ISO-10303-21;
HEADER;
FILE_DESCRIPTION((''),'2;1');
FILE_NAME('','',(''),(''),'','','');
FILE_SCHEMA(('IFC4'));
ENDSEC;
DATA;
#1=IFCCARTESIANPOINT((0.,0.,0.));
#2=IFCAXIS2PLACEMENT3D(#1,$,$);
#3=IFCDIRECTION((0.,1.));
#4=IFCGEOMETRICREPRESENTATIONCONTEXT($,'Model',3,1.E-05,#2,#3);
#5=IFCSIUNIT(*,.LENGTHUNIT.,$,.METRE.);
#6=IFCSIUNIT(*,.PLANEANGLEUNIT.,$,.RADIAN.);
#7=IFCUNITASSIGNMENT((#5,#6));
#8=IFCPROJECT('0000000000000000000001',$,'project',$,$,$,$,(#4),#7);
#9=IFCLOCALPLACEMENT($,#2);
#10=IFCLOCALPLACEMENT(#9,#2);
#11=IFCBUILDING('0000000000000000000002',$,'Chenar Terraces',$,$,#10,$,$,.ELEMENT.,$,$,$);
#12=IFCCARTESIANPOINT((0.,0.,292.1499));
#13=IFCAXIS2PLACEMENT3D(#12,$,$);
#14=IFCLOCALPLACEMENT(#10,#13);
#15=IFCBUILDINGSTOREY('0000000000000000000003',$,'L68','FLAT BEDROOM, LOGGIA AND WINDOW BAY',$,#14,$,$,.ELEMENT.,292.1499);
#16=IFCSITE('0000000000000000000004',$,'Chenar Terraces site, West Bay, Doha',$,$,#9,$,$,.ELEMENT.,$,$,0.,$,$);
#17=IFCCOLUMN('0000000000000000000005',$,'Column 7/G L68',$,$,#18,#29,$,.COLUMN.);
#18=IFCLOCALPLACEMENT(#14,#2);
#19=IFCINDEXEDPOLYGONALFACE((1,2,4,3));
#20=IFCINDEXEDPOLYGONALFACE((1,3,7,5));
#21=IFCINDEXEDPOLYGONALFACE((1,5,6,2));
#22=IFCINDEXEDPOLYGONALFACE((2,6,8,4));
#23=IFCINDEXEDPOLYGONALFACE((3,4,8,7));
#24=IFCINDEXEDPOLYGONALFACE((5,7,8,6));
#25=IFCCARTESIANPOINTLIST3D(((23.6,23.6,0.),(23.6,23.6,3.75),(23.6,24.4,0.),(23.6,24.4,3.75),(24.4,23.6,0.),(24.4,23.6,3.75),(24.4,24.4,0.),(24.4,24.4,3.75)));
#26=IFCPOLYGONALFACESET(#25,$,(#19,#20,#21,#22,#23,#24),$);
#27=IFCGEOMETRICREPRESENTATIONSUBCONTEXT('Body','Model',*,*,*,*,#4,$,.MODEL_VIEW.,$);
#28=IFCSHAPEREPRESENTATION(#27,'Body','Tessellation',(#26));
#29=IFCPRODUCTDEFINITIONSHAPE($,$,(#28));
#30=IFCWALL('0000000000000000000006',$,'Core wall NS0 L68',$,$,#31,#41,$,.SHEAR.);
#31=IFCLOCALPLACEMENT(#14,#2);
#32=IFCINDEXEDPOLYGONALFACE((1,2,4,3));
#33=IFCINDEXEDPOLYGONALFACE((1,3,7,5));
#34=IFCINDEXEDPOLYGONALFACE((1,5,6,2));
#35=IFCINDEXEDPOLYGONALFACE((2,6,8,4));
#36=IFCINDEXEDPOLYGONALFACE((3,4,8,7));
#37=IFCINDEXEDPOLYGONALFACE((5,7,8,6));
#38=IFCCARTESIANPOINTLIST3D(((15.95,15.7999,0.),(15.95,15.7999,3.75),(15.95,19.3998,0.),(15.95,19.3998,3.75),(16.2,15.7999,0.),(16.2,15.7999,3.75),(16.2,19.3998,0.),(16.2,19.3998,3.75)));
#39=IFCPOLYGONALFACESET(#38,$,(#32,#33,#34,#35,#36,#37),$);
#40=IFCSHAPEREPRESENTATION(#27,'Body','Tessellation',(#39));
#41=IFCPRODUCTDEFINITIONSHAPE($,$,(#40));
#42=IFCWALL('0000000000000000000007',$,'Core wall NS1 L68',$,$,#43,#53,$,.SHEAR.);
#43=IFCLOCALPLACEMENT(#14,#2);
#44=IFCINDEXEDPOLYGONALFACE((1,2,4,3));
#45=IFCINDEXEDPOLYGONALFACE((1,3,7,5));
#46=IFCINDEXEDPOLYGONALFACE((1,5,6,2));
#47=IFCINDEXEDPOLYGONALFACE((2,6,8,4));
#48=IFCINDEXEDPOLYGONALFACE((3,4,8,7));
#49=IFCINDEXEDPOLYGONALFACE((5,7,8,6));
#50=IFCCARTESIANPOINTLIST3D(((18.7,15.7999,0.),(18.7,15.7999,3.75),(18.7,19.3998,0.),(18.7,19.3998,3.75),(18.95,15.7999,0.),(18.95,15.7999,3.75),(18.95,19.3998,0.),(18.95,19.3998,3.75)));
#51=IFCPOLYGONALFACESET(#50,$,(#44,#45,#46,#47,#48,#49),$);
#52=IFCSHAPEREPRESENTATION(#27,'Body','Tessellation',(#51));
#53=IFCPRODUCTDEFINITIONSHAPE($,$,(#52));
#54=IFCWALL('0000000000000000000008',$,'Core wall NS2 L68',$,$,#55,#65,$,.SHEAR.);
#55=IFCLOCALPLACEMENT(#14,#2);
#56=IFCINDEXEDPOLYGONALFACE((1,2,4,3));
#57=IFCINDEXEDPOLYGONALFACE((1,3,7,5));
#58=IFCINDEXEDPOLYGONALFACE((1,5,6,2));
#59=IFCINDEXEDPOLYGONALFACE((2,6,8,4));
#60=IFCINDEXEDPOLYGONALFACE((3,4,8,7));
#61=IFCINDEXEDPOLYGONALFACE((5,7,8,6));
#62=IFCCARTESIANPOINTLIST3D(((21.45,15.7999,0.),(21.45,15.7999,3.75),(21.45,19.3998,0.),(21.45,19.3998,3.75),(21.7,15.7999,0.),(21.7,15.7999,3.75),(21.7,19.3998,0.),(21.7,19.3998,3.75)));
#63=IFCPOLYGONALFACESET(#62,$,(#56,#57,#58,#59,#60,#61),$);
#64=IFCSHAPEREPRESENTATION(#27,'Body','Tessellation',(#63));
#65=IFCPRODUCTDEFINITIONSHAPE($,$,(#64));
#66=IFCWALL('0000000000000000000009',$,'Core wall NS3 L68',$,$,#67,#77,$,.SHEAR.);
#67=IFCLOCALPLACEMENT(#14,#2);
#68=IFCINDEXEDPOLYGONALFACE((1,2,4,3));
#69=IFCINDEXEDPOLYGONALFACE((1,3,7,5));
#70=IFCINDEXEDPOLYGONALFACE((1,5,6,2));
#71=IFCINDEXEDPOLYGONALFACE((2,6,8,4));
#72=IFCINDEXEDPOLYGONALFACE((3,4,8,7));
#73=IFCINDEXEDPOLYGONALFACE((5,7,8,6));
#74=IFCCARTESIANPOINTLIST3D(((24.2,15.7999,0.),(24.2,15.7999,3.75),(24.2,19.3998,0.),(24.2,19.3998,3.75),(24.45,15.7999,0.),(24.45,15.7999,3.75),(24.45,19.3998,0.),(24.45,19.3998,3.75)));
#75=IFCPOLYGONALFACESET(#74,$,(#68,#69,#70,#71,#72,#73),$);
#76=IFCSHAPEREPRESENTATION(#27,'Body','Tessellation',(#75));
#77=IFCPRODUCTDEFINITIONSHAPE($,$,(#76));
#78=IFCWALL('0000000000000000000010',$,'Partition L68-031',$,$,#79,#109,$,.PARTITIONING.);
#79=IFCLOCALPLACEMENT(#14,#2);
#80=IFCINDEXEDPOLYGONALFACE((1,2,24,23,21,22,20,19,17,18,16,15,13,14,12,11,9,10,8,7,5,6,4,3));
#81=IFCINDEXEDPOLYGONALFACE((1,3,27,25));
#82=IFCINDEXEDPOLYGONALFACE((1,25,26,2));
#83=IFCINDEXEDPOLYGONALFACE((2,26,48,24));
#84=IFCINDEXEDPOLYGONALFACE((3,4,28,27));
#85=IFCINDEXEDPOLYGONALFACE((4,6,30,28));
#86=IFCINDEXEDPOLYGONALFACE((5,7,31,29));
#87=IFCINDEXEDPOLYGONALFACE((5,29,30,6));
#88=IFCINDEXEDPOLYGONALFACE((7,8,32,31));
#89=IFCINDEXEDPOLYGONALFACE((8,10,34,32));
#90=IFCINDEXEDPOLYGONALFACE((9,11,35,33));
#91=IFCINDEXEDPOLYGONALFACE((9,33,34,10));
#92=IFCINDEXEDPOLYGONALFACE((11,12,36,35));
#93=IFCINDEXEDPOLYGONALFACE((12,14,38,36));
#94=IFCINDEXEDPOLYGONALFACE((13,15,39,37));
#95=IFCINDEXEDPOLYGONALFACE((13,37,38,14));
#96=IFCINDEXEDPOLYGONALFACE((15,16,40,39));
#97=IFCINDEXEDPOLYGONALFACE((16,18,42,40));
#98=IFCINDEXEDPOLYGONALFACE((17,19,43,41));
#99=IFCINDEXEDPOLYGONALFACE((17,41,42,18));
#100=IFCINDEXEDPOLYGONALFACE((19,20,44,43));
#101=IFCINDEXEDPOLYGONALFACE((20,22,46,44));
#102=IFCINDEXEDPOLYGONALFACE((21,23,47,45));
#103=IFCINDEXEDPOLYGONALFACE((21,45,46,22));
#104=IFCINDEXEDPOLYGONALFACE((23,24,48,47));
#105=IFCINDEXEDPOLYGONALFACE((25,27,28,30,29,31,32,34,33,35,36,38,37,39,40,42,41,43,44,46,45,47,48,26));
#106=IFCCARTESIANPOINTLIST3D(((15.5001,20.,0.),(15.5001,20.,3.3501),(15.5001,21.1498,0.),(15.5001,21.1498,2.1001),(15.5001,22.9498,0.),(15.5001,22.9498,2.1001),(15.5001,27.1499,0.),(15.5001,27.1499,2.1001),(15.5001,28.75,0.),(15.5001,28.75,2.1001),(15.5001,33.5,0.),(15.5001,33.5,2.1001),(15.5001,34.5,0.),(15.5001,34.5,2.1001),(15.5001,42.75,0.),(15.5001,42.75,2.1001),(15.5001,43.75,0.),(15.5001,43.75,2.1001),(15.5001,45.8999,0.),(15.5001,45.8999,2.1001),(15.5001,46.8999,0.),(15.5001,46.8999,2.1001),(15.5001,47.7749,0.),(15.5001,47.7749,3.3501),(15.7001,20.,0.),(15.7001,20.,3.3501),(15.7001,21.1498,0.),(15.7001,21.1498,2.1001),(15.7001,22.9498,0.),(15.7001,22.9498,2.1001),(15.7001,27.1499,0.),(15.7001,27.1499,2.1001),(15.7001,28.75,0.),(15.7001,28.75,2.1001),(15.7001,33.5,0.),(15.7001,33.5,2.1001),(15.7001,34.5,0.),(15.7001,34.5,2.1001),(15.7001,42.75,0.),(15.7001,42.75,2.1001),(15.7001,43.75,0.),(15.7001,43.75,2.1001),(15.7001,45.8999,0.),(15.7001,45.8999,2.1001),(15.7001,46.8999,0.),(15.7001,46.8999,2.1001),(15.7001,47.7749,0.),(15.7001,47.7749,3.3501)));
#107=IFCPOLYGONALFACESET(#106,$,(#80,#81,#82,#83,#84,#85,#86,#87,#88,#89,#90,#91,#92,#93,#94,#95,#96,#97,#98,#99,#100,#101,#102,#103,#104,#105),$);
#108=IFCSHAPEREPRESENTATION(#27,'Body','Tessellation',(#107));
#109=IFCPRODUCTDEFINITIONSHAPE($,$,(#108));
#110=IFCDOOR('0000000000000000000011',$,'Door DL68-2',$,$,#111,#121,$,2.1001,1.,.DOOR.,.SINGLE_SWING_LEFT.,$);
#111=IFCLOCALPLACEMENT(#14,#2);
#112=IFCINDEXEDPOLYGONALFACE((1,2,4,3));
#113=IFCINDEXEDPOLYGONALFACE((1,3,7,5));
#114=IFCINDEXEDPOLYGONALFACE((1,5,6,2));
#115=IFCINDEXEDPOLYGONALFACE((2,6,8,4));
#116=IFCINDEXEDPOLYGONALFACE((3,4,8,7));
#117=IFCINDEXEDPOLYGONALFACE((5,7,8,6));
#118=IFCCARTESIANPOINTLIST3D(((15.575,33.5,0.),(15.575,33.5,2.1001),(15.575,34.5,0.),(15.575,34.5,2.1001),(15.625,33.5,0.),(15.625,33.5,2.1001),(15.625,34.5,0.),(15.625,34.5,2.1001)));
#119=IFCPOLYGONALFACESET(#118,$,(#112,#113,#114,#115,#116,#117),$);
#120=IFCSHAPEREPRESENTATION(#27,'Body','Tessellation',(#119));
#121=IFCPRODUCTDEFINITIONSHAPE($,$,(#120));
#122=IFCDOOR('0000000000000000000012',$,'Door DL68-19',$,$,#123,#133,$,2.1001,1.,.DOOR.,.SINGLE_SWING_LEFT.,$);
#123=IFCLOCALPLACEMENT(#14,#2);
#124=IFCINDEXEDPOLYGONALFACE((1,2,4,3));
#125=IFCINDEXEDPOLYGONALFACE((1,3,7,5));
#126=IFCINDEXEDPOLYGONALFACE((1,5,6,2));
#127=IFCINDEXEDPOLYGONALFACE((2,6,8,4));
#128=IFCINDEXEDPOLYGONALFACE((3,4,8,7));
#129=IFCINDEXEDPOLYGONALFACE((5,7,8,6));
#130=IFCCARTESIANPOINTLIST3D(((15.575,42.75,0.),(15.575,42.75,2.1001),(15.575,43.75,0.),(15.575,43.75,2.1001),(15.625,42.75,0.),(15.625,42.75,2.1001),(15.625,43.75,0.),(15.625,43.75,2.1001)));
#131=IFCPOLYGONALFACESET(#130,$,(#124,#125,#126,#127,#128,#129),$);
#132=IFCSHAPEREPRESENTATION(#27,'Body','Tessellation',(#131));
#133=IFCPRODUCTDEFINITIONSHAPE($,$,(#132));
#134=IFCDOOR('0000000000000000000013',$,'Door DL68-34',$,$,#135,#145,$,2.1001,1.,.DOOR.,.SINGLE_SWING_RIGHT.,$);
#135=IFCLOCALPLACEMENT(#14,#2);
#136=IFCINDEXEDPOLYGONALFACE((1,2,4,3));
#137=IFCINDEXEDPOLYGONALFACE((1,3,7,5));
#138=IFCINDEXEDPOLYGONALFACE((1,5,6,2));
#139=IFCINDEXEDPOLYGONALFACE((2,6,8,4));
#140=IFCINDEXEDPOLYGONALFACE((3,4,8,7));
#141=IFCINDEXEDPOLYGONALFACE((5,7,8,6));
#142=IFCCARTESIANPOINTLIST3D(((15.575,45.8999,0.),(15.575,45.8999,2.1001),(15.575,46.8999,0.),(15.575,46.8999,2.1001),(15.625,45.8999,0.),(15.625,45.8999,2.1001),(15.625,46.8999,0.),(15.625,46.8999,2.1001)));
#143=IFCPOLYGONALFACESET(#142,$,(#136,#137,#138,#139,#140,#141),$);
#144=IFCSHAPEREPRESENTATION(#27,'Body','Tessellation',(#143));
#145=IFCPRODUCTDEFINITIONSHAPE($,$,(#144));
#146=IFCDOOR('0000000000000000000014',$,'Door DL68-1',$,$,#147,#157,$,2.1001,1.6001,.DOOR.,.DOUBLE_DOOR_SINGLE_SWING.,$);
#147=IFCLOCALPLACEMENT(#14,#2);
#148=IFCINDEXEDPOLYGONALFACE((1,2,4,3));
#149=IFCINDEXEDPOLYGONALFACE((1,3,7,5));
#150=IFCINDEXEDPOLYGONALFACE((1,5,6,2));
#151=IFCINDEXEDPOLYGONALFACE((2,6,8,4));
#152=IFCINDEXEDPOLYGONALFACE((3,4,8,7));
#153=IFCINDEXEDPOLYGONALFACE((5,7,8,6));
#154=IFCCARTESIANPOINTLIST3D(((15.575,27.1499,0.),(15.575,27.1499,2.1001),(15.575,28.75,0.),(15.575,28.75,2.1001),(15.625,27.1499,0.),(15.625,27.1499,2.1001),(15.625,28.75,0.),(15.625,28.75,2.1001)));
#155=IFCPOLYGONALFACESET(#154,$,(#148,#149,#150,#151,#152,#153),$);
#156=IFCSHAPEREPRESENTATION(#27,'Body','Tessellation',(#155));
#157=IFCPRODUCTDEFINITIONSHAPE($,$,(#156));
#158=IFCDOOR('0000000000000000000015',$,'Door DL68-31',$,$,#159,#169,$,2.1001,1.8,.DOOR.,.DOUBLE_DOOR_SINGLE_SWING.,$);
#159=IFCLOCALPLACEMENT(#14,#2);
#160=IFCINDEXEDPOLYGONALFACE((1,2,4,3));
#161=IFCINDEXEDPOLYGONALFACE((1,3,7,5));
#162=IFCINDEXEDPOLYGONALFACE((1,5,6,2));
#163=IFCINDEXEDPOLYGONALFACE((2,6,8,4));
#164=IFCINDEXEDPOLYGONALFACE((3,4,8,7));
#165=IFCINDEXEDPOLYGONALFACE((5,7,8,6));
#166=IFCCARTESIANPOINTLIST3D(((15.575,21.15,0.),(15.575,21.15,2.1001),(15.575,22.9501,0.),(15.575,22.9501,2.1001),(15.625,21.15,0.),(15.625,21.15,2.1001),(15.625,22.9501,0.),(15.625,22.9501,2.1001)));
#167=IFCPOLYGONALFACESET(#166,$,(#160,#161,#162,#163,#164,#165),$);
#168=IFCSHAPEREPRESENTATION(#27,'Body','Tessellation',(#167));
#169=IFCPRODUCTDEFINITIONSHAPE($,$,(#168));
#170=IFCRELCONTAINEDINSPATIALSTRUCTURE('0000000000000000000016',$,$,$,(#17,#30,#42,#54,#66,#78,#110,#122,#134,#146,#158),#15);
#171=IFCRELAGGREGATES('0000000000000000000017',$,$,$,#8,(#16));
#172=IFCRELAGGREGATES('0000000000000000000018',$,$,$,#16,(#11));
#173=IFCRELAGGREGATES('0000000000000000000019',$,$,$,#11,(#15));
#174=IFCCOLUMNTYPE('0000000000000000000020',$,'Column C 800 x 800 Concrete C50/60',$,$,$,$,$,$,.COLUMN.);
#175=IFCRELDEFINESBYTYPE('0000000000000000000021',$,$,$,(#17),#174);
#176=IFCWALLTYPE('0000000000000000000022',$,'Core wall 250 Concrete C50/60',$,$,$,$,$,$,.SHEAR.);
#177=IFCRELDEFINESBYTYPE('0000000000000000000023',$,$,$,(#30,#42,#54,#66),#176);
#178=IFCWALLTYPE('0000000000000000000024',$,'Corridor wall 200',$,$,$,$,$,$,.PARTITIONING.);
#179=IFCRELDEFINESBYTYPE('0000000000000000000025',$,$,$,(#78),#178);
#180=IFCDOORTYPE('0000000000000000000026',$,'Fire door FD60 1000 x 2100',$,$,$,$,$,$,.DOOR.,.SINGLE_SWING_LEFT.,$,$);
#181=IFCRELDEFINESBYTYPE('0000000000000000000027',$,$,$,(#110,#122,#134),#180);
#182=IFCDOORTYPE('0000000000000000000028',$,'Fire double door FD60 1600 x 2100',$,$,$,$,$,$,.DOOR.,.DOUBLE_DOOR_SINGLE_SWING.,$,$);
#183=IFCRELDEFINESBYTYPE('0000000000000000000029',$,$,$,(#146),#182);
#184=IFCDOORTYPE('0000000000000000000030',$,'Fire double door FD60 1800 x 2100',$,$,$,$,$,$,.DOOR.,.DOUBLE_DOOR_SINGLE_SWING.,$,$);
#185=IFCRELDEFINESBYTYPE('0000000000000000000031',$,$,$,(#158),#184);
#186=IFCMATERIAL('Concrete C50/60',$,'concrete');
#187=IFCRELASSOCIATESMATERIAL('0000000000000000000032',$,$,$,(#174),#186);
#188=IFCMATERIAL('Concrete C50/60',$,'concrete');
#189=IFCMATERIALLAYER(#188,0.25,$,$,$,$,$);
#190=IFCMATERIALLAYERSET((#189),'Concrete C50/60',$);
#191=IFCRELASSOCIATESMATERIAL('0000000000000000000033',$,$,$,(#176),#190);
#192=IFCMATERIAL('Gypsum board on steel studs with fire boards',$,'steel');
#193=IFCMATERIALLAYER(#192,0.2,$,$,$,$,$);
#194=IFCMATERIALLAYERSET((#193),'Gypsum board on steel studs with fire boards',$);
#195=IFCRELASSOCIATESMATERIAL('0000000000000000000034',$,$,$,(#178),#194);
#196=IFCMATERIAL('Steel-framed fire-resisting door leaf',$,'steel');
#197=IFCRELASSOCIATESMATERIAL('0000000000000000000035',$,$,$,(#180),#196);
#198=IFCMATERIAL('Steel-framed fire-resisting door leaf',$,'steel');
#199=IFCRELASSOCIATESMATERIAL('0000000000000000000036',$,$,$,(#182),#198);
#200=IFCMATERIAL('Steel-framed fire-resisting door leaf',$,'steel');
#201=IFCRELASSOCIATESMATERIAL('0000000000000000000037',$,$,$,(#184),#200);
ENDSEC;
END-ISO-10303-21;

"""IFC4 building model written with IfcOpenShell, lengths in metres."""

from ifc_helpers import new_model, si_unit, direction, frame, frame_2d, origin, origin_2d, place, context, subcontext, project, spatial, rectangle, extrude, material, layer, layer_set, material_profile, profile_set, type_object, element, fill, save


model = new_model("IFC4")

# Units and contexts
model_context = context("Model", 3, precision=1e-05, world=origin(), true_north=direction((0.0, 1.0)))
body_context = subcontext(model_context, "Body", "Model", "MODEL_VIEW")
ifc_project = project(units=[si_unit("LENGTHUNIT", "METRE"), si_unit("PLANEANGLEUNIT", "RADIAN")], contexts=[model_context])

# Site, building, storey
site_placement = place(None, origin())
site = spatial("IfcSite", under=ifc_project, at=site_placement, Name="Chenar Terraces site, West Bay, Doha", CompositionType="ELEMENT", RefElevation=0.0)
building_placement = place(site_placement, origin())
building = spatial("IfcBuilding", under=site, at=building_placement, Name="Chenar Terraces", CompositionType="ELEMENT")
storey_placement = place(building_placement, frame((0.0, 0.0, 292.1499)))
storey = spatial("IfcBuildingStorey", under=building, at=storey_placement, Name="L68", Description="FLAT BEDROOM, LOGGIA AND WINDOW BAY", CompositionType="ELEMENT", Elevation=292.1499)

# Column
ifc_material_1 = material(Name="Concrete C50/60", Category="concrete")
ifc_material_profile = material_profile(ifc_material_1, rectangle(XDim=0.8, YDim=0.8, at=origin_2d()), Name="C 800 x 800")
ifc_profile_set = profile_set([ifc_material_profile], Name="Concrete C50/60")
column_type = type_object("IfcColumnType", Name="Column C 800 x 800 Concrete C50/60", PredefinedType="COLUMN", material=ifc_profile_set)
column_placement = place(storey_placement, frame((24.0, 24.0, 0.0), z_axis=(0.0, 0.0, 1.0), x_axis=(1.0, 0.0, 0.0)))
element("IfcColumn", 1, at=column_placement, inside=storey, type_object=column_type, Name="Column 7/G L68", PredefinedType="COLUMN", context=body_context, shape_type="SweptSolid", body=[
    extrude(rectangle(XDim=0.8, YDim=0.8, at=origin_2d()), origin(), (0.0, 0.0, 1.0), 3.75),
])

# Walls
ifc_material_2 = material(Name="Concrete C50/60", Category="concrete")
ifc_layer_1 = layer(ifc_material_2, 0.25)
ifc_layer_set_1 = layer_set([ifc_layer_1], Name="Concrete C50/60")
wall_type_1 = type_object("IfcWallType", Name="Core wall 250 Concrete C50/60", PredefinedType="SHEAR", material=ifc_layer_set_1)
for number, where, z_axis, x_axis, name in (
    (2, (16.075, 15.8, 0.0), (0.0, 0.0, 1.0), (0.0, 1.0, 0.0), "Core wall NS0 L68"),
    (3, (18.825, 15.8, 0.0), (0.0, 0.0, 1.0), (0.0, 1.0, 0.0), "Core wall NS1 L68"),
    (4, (21.575, 15.8, 0.0), (0.0, 0.0, 1.0), (0.0, 1.0, 0.0), "Core wall NS2 L68"),
    (5, (24.325, 15.8, 0.0), (0.0, 0.0, 1.0), (0.0, 1.0, 0.0), "Core wall NS3 L68"),
):
    element("IfcWall", number, at=place(storey_placement, frame(where, z_axis=z_axis, x_axis=x_axis)), inside=storey, type_object=wall_type_1, Name=name, PredefinedType="SHEAR", context=body_context, shape_type="SweptSolid", body=[
        extrude(rectangle(XDim=3.5999, YDim=0.25, at=frame_2d((1.7998, 0.0))), origin(), (0.0, 0.0, 1.0), 3.75),
    ])

# Wall, openings, doors
ifc_material_3 = material(Name="Gypsum board on steel studs with fire boards", Category="steel")
ifc_layer_2 = layer(ifc_material_3, 0.2)
ifc_layer_set_2 = layer_set([ifc_layer_2], Name="Gypsum board on steel studs with fire boards")
wall_type_2 = type_object("IfcWallType", Name="Corridor wall 200", PredefinedType="PARTITIONING", material=ifc_layer_set_2)
wall_1_placement = place(storey_placement, frame((15.6001, 20.0, 0.0), z_axis=(0.0, 0.0, 1.0), x_axis=(0.0, 1.0, 0.0)))
wall_1 = element("IfcWall", 6, at=wall_1_placement, inside=storey, type_object=wall_type_2, Name="Partition L68-031", PredefinedType="PARTITIONING", context=body_context, shape_type="SweptSolid", body=[
    extrude(rectangle(XDim=27.7749, YDim=0.2, at=frame_2d((13.8875, 0.0))), origin(), (0.0, 0.0, 1.0), 3.3501),
])
opening_1_placement = place(wall_1_placement, frame((7.1499, 0.0, 0.0)))
opening_1 = element("IfcOpeningElement", 7, at=opening_1_placement, cuts=wall_1, PredefinedType="OPENING", context=body_context, shape_type="SweptSolid", body=[
    extrude(rectangle(XDim=1.6001, YDim=2.1001, at=frame_2d((0.8, 1.05))), frame((0.0, 0.1099, 0.0), z_axis=(0.0, -1.0, 0.0), x_axis=(1.0, 0.0, 0.0)), (0.0, 0.0, 1.0), 0.22),
])
opening_2_placement = place(wall_1_placement, frame((13.5, 0.0, 0.0)))
opening_2 = element("IfcOpeningElement", 8, at=opening_2_placement, cuts=wall_1, PredefinedType="OPENING", context=body_context, shape_type="SweptSolid", body=[
    extrude(rectangle(XDim=1.0, YDim=2.1001, at=frame_2d((0.5, 1.05))), frame((0.0, 0.1099, 0.0), z_axis=(0.0, -1.0, 0.0), x_axis=(1.0, 0.0, 0.0)), (0.0, 0.0, 1.0), 0.22),
])
opening_3_placement = place(wall_1_placement, frame((22.75, 0.0, 0.0)))
opening_3 = element("IfcOpeningElement", 9, at=opening_3_placement, cuts=wall_1, PredefinedType="OPENING", context=body_context, shape_type="SweptSolid", body=[
    extrude(rectangle(XDim=1.0, YDim=2.1001, at=frame_2d((0.5, 1.05))), frame((0.0, 0.1099, 0.0), z_axis=(0.0, -1.0, 0.0), x_axis=(1.0, 0.0, 0.0)), (0.0, 0.0, 1.0), 0.22),
])
opening_4_placement = place(wall_1_placement, frame((1.1499, 0.0, 0.0)))
opening_4 = element("IfcOpeningElement", 10, at=opening_4_placement, cuts=wall_1, PredefinedType="OPENING", context=body_context, shape_type="SweptSolid", body=[
    extrude(rectangle(XDim=1.8, YDim=2.1001, at=frame_2d((0.8999, 1.05))), frame((0.0, 0.1099, 0.0), z_axis=(0.0, -1.0, 0.0), x_axis=(1.0, 0.0, 0.0)), (0.0, 0.0, 1.0), 0.22),
])
opening_5_placement = place(wall_1_placement, frame((25.8999, 0.0, 0.0)))
opening_5 = element("IfcOpeningElement", 11, at=opening_5_placement, cuts=wall_1, PredefinedType="OPENING", context=body_context, shape_type="SweptSolid", body=[
    extrude(rectangle(XDim=1.0, YDim=2.1001, at=frame_2d((0.5, 1.05))), frame((0.0, 0.1099, 0.0), z_axis=(0.0, -1.0, 0.0), x_axis=(1.0, 0.0, 0.0)), (0.0, 0.0, 1.0), 0.22),
])
ifc_material_4 = material(Name="Steel-framed fire-resisting door leaf", Category="steel")
door_type_1 = type_object("IfcDoorType", Name="Fire door FD60 1000 x 2100", OperationType="SINGLE_SWING_LEFT", PredefinedType="DOOR", material=ifc_material_4)
door_1_placement = place(opening_2_placement, frame((1.0, 0.0, 0.0), z_axis=(0.0, 0.0, 1.0), x_axis=(-1.0, 0.0, 0.0)))
door_1 = element("IfcDoor", 12, at=door_1_placement, inside=storey, type_object=door_type_1, Name="Door DL68-2", OperationType="SINGLE_SWING_LEFT", OverallHeight=2.1001, OverallWidth=1.0, PredefinedType="DOOR", context=body_context, shape_type="SweptSolid", body=[
    extrude(rectangle(XDim=1.0, YDim=2.1001, at=frame_2d((0.5, 1.05))), frame((0.0, 0.0249, 0.0), z_axis=(0.0, -1.0, 0.0), x_axis=(1.0, 0.0, 0.0)), (0.0, 0.0, 1.0), 0.05),
])
fill(opening_2, door_1)
door_2_placement = place(opening_3_placement, frame((1.0, 0.0, 0.0), z_axis=(0.0, 0.0, 1.0), x_axis=(-1.0, 0.0, 0.0)))
door_2 = element("IfcDoor", 13, at=door_2_placement, inside=storey, type_object=door_type_1, Name="Door DL68-19", OperationType="SINGLE_SWING_LEFT", OverallHeight=2.1001, OverallWidth=1.0, PredefinedType="DOOR", context=body_context, shape_type="SweptSolid", body=[
    extrude(rectangle(XDim=1.0, YDim=2.1001, at=frame_2d((0.5, 1.05))), frame((0.0, 0.0249, 0.0), z_axis=(0.0, -1.0, 0.0), x_axis=(1.0, 0.0, 0.0)), (0.0, 0.0, 1.0), 0.05),
])
fill(opening_3, door_2)
door_3_placement = place(opening_5_placement, frame((1.0, 0.0, 0.0), z_axis=(0.0, 0.0, 1.0), x_axis=(-1.0, 0.0, 0.0)))
door_3 = element("IfcDoor", 14, at=door_3_placement, inside=storey, type_object=door_type_1, Name="Door DL68-34", OperationType="SINGLE_SWING_RIGHT", OverallHeight=2.1001, OverallWidth=1.0, PredefinedType="DOOR", context=body_context, shape_type="SweptSolid", body=[
    extrude(rectangle(XDim=1.0, YDim=2.1001, at=frame_2d((0.5, 1.05))), frame((0.0, 0.0249, 0.0), z_axis=(0.0, -1.0, 0.0), x_axis=(1.0, 0.0, 0.0)), (0.0, 0.0, 1.0), 0.05),
])
fill(opening_5, door_3)
ifc_material_5 = material(Name="Steel-framed fire-resisting door leaf", Category="steel")
door_type_2 = type_object("IfcDoorType", Name="Fire double door FD60 1600 x 2100", OperationType="DOUBLE_DOOR_SINGLE_SWING", PredefinedType="DOOR", material=ifc_material_5)
door_4_placement = place(opening_1_placement, frame((1.6001, 0.0, 0.0), z_axis=(0.0, 0.0, 1.0), x_axis=(-1.0, 0.0, 0.0)))
door_4 = element("IfcDoor", 15, at=door_4_placement, inside=storey, type_object=door_type_2, Name="Door DL68-1", OperationType="DOUBLE_DOOR_SINGLE_SWING", OverallHeight=2.1001, OverallWidth=1.6001, PredefinedType="DOOR", context=body_context, shape_type="SweptSolid", body=[
    extrude(rectangle(XDim=1.6001, YDim=2.1001, at=frame_2d((0.8, 1.05))), frame((0.0, 0.0249, 0.0), z_axis=(0.0, -1.0, 0.0), x_axis=(1.0, 0.0, 0.0)), (0.0, 0.0, 1.0), 0.05),
])
fill(opening_1, door_4)
ifc_material_6 = material(Name="Steel-framed fire-resisting door leaf", Category="steel")
door_type_3 = type_object("IfcDoorType", Name="Fire double door FD60 1800 x 2100", OperationType="DOUBLE_DOOR_SINGLE_SWING", PredefinedType="DOOR", material=ifc_material_6)
door_5_placement = place(opening_4_placement, frame((1.8, 0.0, 0.0), z_axis=(0.0, 0.0, 1.0), x_axis=(-1.0, 0.0, 0.0)))
door_5 = element("IfcDoor", 16, at=door_5_placement, inside=storey, type_object=door_type_3, Name="Door DL68-31", OperationType="DOUBLE_DOOR_SINGLE_SWING", OverallHeight=2.1001, OverallWidth=1.8, PredefinedType="DOOR", context=body_context, shape_type="SweptSolid", body=[
    extrude(rectangle(XDim=1.8, YDim=2.1001, at=frame_2d((0.8999, 1.05))), frame((0.0, 0.0249, 0.0), z_axis=(0.0, -1.0, 0.0), x_axis=(1.0, 0.0, 0.0)), (0.0, 0.0, 1.0), 0.05),
])
fill(opening_4, door_5)

save(model, "model.ifc")
